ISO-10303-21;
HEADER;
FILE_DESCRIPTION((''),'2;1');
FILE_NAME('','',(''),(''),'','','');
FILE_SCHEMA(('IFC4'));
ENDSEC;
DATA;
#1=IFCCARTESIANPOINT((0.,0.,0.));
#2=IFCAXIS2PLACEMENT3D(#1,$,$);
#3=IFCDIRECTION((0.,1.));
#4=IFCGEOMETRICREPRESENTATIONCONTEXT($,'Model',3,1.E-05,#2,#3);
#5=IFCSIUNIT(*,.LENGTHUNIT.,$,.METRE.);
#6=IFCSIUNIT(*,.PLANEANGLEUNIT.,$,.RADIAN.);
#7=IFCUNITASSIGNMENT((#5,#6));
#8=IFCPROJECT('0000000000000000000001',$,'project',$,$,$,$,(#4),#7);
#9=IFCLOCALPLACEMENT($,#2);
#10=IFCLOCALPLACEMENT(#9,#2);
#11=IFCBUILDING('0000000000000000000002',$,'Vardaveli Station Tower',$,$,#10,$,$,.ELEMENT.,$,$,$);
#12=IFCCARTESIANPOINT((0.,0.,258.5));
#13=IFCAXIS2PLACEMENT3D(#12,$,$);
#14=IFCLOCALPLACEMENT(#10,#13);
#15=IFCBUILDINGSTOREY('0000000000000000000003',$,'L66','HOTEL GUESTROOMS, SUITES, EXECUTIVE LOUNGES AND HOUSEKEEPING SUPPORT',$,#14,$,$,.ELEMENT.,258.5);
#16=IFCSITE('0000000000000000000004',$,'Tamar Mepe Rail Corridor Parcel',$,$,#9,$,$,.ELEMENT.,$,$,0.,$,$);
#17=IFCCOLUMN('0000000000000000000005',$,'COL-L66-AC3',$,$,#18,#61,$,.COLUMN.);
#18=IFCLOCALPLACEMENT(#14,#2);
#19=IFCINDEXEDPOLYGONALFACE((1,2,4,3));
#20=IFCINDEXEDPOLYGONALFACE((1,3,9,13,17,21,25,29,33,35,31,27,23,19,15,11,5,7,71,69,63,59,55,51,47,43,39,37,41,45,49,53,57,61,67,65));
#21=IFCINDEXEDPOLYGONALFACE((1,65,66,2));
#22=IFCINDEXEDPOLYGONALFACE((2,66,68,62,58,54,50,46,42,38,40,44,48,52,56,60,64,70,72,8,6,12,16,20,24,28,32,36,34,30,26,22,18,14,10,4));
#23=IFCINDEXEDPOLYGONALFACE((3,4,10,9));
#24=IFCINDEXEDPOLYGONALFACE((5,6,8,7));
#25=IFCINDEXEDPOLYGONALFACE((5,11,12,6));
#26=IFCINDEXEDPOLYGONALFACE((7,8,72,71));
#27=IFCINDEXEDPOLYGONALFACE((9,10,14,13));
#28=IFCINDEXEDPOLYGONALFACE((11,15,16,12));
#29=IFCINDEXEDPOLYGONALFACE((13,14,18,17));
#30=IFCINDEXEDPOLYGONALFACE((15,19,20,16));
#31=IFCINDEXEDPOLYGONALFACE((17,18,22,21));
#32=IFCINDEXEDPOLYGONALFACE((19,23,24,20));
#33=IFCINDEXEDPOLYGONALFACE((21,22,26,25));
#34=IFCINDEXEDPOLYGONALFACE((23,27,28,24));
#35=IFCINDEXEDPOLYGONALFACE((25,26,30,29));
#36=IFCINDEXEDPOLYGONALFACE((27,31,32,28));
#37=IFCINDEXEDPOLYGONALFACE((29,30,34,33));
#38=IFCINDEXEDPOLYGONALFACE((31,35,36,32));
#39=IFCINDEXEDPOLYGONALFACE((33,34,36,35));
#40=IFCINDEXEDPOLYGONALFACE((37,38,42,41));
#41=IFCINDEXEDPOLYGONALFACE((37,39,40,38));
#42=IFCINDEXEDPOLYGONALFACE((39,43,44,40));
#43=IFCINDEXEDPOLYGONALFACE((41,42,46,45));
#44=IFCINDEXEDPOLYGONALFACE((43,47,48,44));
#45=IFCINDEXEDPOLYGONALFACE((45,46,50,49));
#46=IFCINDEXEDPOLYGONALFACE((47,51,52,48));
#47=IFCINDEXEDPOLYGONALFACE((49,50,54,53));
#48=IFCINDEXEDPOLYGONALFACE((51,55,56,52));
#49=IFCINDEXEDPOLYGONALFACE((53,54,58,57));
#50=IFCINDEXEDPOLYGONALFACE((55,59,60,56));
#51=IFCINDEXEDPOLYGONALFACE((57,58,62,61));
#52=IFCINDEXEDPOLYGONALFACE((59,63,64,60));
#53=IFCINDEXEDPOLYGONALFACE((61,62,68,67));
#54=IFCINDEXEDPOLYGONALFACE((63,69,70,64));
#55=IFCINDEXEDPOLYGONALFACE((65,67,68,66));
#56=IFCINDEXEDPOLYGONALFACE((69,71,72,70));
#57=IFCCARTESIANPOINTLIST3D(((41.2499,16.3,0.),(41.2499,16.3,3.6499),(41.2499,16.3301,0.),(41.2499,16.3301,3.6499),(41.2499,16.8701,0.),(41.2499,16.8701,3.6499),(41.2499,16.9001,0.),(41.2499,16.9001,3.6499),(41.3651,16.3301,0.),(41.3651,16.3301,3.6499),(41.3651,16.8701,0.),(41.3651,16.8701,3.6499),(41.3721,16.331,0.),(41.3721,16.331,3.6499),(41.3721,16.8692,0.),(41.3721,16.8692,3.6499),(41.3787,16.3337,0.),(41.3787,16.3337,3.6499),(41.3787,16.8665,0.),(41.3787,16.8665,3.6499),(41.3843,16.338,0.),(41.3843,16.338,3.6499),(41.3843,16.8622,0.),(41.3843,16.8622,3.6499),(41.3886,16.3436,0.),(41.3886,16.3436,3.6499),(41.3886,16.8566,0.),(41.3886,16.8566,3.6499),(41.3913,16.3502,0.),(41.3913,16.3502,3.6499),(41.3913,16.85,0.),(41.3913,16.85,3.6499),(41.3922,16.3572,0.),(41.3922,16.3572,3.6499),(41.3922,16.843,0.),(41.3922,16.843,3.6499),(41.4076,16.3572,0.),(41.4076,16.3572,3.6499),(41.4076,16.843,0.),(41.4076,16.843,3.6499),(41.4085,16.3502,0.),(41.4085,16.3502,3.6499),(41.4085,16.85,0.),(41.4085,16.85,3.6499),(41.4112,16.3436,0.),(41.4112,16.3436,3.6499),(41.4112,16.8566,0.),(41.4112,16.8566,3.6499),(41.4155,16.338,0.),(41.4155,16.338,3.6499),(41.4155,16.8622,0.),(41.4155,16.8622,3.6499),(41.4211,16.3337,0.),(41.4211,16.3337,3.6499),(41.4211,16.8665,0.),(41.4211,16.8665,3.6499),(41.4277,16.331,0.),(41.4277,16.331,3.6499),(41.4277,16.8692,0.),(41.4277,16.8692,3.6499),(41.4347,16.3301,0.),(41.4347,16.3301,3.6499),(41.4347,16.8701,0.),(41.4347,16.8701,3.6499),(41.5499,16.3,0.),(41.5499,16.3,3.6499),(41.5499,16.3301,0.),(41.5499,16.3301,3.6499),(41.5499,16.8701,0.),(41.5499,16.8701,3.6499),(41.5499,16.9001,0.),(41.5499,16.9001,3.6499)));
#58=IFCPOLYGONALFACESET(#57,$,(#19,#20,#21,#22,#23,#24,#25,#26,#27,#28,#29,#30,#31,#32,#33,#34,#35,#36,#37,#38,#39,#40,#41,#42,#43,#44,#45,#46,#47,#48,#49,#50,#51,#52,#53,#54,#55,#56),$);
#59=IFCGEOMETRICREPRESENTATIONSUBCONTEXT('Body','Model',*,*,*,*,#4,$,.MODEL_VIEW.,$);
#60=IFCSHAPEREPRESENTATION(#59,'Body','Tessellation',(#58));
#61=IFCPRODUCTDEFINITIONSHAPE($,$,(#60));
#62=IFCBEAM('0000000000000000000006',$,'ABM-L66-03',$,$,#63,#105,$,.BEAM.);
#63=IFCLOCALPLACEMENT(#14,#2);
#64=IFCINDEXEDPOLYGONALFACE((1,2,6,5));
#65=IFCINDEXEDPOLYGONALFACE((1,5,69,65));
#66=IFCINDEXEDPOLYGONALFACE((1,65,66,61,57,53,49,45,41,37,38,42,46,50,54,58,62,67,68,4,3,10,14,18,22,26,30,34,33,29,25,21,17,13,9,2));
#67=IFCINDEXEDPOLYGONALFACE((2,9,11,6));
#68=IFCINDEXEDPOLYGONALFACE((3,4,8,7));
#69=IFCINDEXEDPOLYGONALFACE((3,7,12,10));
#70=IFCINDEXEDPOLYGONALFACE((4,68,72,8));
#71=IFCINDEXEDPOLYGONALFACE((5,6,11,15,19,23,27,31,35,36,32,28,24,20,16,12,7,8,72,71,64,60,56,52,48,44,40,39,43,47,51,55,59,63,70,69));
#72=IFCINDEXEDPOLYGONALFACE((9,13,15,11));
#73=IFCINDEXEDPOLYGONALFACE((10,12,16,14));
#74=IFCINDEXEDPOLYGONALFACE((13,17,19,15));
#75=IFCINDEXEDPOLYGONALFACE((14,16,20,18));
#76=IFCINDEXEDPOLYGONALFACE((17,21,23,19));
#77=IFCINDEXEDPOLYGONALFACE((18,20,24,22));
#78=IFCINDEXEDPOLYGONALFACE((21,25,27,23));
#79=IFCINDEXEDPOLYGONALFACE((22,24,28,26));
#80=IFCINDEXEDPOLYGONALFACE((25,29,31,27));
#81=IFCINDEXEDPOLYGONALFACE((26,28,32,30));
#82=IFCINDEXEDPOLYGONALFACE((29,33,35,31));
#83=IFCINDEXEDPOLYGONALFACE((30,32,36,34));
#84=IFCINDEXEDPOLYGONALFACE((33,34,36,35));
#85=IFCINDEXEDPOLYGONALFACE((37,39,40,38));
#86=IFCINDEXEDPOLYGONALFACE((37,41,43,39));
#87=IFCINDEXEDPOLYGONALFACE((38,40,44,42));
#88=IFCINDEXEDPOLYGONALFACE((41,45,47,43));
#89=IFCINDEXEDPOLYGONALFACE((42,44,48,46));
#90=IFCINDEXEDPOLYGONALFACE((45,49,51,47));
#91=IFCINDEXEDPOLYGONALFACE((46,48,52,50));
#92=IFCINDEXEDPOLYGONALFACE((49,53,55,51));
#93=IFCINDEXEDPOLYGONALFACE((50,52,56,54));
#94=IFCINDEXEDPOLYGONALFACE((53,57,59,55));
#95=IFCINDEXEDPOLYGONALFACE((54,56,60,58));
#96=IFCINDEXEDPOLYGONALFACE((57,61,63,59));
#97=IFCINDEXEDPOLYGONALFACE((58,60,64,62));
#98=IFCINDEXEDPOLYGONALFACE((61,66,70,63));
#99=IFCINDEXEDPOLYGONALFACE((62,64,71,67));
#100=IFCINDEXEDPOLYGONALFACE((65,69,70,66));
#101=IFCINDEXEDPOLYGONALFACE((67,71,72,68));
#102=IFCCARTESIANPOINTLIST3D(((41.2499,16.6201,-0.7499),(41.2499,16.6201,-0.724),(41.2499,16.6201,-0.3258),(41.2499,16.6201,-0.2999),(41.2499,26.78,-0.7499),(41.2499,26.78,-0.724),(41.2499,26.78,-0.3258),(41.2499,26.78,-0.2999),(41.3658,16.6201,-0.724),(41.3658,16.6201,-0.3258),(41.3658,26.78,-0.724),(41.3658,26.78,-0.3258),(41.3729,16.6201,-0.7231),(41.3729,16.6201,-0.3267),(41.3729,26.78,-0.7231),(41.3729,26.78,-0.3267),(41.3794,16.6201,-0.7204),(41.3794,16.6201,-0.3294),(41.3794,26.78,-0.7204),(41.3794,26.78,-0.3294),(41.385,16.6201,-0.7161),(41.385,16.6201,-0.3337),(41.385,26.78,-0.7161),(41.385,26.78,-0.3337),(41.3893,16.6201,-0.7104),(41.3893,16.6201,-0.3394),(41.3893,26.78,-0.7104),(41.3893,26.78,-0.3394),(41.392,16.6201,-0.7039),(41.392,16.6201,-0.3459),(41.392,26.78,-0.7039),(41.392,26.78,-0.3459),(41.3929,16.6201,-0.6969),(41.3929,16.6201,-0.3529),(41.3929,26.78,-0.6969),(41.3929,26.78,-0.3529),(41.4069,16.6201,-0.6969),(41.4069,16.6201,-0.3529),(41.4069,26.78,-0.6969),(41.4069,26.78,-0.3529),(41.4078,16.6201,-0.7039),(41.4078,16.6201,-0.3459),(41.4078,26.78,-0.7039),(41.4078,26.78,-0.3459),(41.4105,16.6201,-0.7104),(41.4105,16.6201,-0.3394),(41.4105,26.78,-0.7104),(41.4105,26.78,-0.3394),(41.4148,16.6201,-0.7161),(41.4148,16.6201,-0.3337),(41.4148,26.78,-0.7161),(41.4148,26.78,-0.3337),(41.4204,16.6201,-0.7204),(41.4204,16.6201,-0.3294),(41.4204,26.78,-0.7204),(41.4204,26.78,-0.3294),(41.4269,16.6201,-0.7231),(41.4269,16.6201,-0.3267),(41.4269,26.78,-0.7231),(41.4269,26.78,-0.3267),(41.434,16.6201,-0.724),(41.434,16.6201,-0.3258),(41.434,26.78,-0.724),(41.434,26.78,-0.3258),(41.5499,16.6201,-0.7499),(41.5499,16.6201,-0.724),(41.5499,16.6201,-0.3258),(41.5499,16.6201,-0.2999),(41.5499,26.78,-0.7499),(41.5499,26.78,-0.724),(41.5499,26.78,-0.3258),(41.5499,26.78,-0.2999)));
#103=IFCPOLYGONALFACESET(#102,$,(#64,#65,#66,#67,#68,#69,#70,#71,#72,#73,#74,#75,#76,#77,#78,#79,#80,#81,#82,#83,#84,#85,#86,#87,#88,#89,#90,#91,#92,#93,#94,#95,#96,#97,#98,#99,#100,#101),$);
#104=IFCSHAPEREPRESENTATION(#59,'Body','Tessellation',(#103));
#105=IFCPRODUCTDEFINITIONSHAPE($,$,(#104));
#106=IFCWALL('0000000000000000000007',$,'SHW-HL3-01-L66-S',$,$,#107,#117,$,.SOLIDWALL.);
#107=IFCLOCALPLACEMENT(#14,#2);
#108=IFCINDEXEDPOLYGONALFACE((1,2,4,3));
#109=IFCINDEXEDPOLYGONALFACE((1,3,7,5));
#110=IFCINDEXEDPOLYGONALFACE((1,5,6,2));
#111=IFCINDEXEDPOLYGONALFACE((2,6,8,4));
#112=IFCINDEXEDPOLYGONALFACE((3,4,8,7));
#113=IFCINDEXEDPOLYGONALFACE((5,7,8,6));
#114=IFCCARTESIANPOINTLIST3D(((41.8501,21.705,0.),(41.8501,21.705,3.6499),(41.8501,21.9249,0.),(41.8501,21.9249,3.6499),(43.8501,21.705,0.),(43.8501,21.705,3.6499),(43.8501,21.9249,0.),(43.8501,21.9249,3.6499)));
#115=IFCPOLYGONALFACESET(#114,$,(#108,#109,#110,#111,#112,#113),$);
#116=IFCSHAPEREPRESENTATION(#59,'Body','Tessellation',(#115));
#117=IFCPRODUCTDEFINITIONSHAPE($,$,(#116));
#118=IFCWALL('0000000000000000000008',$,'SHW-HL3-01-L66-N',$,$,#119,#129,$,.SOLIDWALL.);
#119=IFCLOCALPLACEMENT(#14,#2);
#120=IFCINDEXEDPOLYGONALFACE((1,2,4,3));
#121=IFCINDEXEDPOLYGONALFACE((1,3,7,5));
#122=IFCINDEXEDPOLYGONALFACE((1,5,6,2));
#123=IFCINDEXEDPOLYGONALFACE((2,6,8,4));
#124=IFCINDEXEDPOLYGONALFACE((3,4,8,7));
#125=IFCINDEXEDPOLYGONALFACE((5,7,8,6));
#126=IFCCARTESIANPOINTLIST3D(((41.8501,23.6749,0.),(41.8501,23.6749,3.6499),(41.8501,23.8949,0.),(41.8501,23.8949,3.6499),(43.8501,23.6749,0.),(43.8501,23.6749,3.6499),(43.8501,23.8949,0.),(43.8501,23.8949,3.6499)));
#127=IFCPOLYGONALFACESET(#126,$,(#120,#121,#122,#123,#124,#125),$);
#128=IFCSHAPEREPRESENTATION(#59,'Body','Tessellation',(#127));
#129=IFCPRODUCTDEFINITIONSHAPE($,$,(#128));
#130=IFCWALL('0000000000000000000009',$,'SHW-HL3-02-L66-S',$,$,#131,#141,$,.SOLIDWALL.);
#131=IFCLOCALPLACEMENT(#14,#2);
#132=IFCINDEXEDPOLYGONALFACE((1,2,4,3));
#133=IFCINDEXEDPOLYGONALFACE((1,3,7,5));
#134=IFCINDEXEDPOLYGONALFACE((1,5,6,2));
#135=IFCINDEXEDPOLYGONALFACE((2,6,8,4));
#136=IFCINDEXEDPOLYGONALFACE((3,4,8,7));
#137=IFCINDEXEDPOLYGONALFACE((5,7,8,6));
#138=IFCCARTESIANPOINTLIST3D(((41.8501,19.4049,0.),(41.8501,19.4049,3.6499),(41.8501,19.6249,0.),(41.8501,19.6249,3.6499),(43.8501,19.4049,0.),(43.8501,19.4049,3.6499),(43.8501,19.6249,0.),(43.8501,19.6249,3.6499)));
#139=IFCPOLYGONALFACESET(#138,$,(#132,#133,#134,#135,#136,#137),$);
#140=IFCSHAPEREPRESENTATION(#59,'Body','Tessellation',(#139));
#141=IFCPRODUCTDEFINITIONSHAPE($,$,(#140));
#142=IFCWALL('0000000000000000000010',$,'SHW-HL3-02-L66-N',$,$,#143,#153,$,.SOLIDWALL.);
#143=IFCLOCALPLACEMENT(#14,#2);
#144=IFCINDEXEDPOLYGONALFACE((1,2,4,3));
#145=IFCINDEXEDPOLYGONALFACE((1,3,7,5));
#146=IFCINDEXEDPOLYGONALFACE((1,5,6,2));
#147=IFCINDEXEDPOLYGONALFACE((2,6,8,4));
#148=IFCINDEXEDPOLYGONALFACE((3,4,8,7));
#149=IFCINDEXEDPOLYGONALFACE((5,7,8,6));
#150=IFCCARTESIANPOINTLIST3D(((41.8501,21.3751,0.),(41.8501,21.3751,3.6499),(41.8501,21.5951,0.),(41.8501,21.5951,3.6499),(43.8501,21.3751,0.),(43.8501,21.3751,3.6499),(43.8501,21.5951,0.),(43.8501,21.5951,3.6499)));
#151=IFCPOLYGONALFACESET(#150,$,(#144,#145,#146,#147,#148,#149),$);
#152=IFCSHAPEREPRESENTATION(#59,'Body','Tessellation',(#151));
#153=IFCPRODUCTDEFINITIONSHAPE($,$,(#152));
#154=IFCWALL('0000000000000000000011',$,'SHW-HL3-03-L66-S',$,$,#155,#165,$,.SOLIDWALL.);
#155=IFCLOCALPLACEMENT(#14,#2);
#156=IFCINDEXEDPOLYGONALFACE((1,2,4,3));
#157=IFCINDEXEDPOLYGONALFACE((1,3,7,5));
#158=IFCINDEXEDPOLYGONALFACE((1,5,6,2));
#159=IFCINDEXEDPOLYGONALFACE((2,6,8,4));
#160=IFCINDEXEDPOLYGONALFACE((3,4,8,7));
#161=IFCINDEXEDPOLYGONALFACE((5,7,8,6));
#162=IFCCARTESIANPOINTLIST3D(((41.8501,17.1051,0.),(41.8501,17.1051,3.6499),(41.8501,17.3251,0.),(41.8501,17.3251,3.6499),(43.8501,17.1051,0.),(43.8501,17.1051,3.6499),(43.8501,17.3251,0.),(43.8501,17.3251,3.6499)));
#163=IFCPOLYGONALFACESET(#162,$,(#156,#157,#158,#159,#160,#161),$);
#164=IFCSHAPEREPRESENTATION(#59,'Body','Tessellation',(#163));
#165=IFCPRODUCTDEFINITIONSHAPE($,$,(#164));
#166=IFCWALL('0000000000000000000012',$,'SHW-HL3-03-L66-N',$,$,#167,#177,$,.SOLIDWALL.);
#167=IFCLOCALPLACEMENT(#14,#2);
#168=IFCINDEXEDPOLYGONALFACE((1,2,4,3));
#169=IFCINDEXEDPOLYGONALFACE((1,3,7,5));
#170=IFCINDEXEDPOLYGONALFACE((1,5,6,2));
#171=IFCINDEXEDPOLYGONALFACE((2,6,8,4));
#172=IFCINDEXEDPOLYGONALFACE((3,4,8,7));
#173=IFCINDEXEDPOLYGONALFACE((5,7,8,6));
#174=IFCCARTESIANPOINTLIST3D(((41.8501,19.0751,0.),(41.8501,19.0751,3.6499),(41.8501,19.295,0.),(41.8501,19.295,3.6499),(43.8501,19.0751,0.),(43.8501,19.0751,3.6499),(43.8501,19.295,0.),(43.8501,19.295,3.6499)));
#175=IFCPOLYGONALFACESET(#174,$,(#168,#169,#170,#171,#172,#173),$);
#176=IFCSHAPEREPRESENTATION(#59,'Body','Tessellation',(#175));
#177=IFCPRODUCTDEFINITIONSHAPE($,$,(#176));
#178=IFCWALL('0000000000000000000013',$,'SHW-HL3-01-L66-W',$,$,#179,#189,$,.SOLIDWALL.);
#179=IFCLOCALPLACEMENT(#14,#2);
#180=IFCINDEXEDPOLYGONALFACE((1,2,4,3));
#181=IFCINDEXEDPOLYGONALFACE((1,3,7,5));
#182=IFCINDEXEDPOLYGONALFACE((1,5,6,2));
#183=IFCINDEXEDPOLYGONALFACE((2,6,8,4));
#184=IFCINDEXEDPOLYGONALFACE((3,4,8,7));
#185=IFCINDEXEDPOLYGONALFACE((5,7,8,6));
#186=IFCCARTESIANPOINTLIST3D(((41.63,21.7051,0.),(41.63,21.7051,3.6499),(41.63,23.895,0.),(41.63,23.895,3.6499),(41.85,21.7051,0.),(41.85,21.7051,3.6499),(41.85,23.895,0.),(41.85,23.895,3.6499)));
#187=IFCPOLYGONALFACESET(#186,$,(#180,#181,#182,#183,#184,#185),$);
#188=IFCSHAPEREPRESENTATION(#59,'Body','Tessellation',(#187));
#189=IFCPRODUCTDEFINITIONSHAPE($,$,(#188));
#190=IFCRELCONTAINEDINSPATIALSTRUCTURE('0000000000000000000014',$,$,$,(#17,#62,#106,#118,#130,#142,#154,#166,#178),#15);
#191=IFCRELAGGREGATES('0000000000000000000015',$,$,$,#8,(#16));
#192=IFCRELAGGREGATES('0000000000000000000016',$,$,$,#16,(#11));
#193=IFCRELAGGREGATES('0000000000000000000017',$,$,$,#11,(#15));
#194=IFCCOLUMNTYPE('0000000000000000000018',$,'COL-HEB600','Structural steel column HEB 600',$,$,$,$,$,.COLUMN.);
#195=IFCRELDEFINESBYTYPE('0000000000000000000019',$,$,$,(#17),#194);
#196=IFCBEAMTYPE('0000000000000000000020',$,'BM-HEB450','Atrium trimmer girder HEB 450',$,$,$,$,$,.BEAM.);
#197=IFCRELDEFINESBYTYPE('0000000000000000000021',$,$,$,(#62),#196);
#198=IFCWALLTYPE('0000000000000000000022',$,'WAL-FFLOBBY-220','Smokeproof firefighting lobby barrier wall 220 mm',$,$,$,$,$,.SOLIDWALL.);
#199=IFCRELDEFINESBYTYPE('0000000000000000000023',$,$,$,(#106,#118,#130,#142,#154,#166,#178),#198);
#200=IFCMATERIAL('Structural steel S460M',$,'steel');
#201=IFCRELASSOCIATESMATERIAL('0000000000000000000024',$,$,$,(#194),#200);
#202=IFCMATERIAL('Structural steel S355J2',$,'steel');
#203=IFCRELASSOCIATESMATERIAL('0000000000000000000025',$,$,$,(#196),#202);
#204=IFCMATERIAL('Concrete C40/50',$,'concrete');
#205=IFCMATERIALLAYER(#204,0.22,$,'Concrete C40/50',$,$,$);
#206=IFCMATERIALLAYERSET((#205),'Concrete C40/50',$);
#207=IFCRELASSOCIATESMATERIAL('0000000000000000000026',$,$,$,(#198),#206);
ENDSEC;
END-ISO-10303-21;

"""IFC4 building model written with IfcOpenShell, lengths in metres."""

from ifc_helpers import new_model, si_unit, direction, frame, frame_2d, origin, origin_2d, place, context, subcontext, project, spatial, rectangle, i_section, extrude, source, transform, mapped, material, layer, layer_set, material_profile, profile_set, type_object, element, save


model = new_model("IFC4")

# Units and contexts
model_context = context("Model", 3, precision=1e-05, world=origin(), true_north=direction((0.0, 1.0)))
body_context = subcontext(model_context, "Body", "Model", "MODEL_VIEW")
ifc_project = project(units=[si_unit("LENGTHUNIT", "METRE"), si_unit("PLANEANGLEUNIT", "RADIAN")], contexts=[model_context])

# Site, building, storey
site_placement = place(None, origin())
site = spatial("IfcSite", under=ifc_project, at=site_placement, Name="Tamar Mepe Rail Corridor Parcel", CompositionType="ELEMENT", RefElevation=0.0)
building_placement = place(site_placement, origin())
building = spatial("IfcBuilding", under=site, at=building_placement, Name="Vardaveli Station Tower", CompositionType="ELEMENT")
storey_placement = place(building_placement, frame((0.0, 0.0, 258.5)))
storey = spatial("IfcBuildingStorey", under=building, at=storey_placement, Name="L66", Description="HOTEL GUESTROOMS, SUITES, EXECUTIVE LOUNGES AND HOUSEKEEPING SUPPORT", CompositionType="ELEMENT", Elevation=258.5)

# Column
ifc_material_1 = material(Name="Structural steel S460M", Category="steel")
ifc_material_profile_1 = material_profile(ifc_material_1, i_section(OverallWidth=0.3, OverallDepth=0.6001, WebThickness=0.0154, FlangeThickness=0.03, FilletRadius=0.0271, at=origin_2d()), Name="HEB 600")
ifc_profile_set_1 = profile_set([ifc_material_profile_1], Name="Structural steel S460M")
column_type = type_object("IfcColumnType", Name="COL-HEB600", Description="Structural steel column HEB 600", PredefinedType="COLUMN", material=ifc_profile_set_1)
shared_shape_1 = source(origin(), body_context, "Body", "SweptSolid", [
    extrude(i_section(OverallWidth=0.3, OverallDepth=0.6001, WebThickness=0.0154, FlangeThickness=0.03, FilletRadius=0.0271, at=origin_2d()), origin(), (0.0, 0.0, 1.0), 3.6499),
])
column_placement = place(storey_placement, frame((41.3999, 16.6001, 0.0), z_axis=(0.0, 0.0, 1.0), x_axis=(1.0, 0.0, 0.0)))
element("IfcColumn", 1, at=column_placement, inside=storey, type_object=column_type, Name="COL-L66-AC3", PredefinedType="COLUMN", context=body_context, shape_type="MappedRepresentation", body=[
    mapped(shared_shape_1, transform((0.0, 0.0, 0.0), scale=1.0)),
])

# Beam
ifc_material_2 = material(Name="Structural steel S355J2", Category="steel")
ifc_material_profile_2 = material_profile(ifc_material_2, i_section(OverallWidth=0.3, OverallDepth=0.45, WebThickness=0.0139, FlangeThickness=0.0259, FilletRadius=0.0271, at=origin_2d()), Name="HEB 450")
ifc_profile_set_2 = profile_set([ifc_material_profile_2], Name="Structural steel S355J2")
beam_type = type_object("IfcBeamType", Name="BM-HEB450", Description="Atrium trimmer girder HEB 450", PredefinedType="BEAM", material=ifc_profile_set_2)
shared_shape_2 = source(origin(), body_context, "Body", "SweptSolid", [
    extrude(i_section(OverallWidth=0.3, OverallDepth=0.45, WebThickness=0.0139, FlangeThickness=0.0259, FilletRadius=0.0271, at=origin_2d()), origin(), (0.0, 0.0, 1.0), 10.1599),
])
beam_placement = place(storey_placement, frame((41.3999, 16.6201, -0.5249), z_axis=(0.0, 1.0, 0.0), x_axis=(-1.0, 0.0, 0.0)))
element("IfcBeam", 2, at=beam_placement, inside=storey, type_object=beam_type, Name="ABM-L66-03", PredefinedType="BEAM", context=body_context, shape_type="MappedRepresentation", body=[
    mapped(shared_shape_2, transform((0.0, 0.0, 0.0), scale=1.0)),
])

# Walls
ifc_material_3 = material(Name="Concrete C40/50", Category="concrete")
ifc_layer_1 = layer(ifc_material_3, 0.22, Name="Concrete C40/50")
ifc_layer_set_1 = layer_set([ifc_layer_1], Name="Concrete C40/50")
wall_type_1 = type_object("IfcWallType", Name="WAL-FFLOBBY-220", Description="Smokeproof firefighting lobby barrier wall 220 mm", PredefinedType="SOLIDWALL", material=ifc_layer_set_1)
shared_shape_3 = source(origin(), body_context, "Body", "SweptSolid", [
    extrude(rectangle(XDim=2.0, YDim=0.22, at=frame_2d((1.0, 0.0))), origin(), (0.0, 0.0, 1.0), 3.6499),
])
for number, where, z_axis, x_axis, name in (
    (3, (41.8501, 21.8149, 0.0), (0.0, 0.0, 1.0), (1.0, 0.0, 0.0), "SHW-HL3-01-L66-S"),
    (4, (41.8501, 23.7849, 0.0), (0.0, 0.0, 1.0), (1.0, 0.0, 0.0), "SHW-HL3-01-L66-N"),
    (5, (41.8501, 19.5149, 0.0), (0.0, 0.0, 1.0), (1.0, 0.0, 0.0), "SHW-HL3-02-L66-S"),
    (6, (41.8501, 21.4851, 0.0), (0.0, 0.0, 1.0), (1.0, 0.0, 0.0), "SHW-HL3-02-L66-N"),
    (7, (41.8501, 17.2151, 0.0), (0.0, 0.0, 1.0), (1.0, 0.0, 0.0), "SHW-HL3-03-L66-S"),
    (8, (41.8501, 19.1851, 0.0), (0.0, 0.0, 1.0), (1.0, 0.0, 0.0), "SHW-HL3-03-L66-N"),
):
    element("IfcWall", number, at=place(storey_placement, frame(where, z_axis=z_axis, x_axis=x_axis)), inside=storey, type_object=wall_type_1, Name=name, PredefinedType="SOLIDWALL", context=body_context, shape_type="MappedRepresentation", body=[
        mapped(shared_shape_3, transform((0.0, 0.0, 0.0), scale=1.0)),
    ])
shared_shape_4 = source(origin(), body_context, "Body", "SweptSolid", [
    extrude(rectangle(XDim=2.1899, YDim=0.22, at=frame_2d((1.095, 0.0))), origin(), (0.0, 0.0, 1.0), 3.6499),
])
wall_1_placement = place(storey_placement, frame((41.74, 21.7051, 0.0), z_axis=(0.0, 0.0, 1.0), x_axis=(0.0, 1.0, 0.0)))
element("IfcWall", 9, at=wall_1_placement, inside=storey, type_object=wall_type_1, Name="SHW-HL3-01-L66-W", PredefinedType="SOLIDWALL", context=body_context, shape_type="MappedRepresentation", body=[
    mapped(shared_shape_4, transform((0.0, 0.0, 0.0), scale=1.0)),
])

save(model, "model.ifc")
